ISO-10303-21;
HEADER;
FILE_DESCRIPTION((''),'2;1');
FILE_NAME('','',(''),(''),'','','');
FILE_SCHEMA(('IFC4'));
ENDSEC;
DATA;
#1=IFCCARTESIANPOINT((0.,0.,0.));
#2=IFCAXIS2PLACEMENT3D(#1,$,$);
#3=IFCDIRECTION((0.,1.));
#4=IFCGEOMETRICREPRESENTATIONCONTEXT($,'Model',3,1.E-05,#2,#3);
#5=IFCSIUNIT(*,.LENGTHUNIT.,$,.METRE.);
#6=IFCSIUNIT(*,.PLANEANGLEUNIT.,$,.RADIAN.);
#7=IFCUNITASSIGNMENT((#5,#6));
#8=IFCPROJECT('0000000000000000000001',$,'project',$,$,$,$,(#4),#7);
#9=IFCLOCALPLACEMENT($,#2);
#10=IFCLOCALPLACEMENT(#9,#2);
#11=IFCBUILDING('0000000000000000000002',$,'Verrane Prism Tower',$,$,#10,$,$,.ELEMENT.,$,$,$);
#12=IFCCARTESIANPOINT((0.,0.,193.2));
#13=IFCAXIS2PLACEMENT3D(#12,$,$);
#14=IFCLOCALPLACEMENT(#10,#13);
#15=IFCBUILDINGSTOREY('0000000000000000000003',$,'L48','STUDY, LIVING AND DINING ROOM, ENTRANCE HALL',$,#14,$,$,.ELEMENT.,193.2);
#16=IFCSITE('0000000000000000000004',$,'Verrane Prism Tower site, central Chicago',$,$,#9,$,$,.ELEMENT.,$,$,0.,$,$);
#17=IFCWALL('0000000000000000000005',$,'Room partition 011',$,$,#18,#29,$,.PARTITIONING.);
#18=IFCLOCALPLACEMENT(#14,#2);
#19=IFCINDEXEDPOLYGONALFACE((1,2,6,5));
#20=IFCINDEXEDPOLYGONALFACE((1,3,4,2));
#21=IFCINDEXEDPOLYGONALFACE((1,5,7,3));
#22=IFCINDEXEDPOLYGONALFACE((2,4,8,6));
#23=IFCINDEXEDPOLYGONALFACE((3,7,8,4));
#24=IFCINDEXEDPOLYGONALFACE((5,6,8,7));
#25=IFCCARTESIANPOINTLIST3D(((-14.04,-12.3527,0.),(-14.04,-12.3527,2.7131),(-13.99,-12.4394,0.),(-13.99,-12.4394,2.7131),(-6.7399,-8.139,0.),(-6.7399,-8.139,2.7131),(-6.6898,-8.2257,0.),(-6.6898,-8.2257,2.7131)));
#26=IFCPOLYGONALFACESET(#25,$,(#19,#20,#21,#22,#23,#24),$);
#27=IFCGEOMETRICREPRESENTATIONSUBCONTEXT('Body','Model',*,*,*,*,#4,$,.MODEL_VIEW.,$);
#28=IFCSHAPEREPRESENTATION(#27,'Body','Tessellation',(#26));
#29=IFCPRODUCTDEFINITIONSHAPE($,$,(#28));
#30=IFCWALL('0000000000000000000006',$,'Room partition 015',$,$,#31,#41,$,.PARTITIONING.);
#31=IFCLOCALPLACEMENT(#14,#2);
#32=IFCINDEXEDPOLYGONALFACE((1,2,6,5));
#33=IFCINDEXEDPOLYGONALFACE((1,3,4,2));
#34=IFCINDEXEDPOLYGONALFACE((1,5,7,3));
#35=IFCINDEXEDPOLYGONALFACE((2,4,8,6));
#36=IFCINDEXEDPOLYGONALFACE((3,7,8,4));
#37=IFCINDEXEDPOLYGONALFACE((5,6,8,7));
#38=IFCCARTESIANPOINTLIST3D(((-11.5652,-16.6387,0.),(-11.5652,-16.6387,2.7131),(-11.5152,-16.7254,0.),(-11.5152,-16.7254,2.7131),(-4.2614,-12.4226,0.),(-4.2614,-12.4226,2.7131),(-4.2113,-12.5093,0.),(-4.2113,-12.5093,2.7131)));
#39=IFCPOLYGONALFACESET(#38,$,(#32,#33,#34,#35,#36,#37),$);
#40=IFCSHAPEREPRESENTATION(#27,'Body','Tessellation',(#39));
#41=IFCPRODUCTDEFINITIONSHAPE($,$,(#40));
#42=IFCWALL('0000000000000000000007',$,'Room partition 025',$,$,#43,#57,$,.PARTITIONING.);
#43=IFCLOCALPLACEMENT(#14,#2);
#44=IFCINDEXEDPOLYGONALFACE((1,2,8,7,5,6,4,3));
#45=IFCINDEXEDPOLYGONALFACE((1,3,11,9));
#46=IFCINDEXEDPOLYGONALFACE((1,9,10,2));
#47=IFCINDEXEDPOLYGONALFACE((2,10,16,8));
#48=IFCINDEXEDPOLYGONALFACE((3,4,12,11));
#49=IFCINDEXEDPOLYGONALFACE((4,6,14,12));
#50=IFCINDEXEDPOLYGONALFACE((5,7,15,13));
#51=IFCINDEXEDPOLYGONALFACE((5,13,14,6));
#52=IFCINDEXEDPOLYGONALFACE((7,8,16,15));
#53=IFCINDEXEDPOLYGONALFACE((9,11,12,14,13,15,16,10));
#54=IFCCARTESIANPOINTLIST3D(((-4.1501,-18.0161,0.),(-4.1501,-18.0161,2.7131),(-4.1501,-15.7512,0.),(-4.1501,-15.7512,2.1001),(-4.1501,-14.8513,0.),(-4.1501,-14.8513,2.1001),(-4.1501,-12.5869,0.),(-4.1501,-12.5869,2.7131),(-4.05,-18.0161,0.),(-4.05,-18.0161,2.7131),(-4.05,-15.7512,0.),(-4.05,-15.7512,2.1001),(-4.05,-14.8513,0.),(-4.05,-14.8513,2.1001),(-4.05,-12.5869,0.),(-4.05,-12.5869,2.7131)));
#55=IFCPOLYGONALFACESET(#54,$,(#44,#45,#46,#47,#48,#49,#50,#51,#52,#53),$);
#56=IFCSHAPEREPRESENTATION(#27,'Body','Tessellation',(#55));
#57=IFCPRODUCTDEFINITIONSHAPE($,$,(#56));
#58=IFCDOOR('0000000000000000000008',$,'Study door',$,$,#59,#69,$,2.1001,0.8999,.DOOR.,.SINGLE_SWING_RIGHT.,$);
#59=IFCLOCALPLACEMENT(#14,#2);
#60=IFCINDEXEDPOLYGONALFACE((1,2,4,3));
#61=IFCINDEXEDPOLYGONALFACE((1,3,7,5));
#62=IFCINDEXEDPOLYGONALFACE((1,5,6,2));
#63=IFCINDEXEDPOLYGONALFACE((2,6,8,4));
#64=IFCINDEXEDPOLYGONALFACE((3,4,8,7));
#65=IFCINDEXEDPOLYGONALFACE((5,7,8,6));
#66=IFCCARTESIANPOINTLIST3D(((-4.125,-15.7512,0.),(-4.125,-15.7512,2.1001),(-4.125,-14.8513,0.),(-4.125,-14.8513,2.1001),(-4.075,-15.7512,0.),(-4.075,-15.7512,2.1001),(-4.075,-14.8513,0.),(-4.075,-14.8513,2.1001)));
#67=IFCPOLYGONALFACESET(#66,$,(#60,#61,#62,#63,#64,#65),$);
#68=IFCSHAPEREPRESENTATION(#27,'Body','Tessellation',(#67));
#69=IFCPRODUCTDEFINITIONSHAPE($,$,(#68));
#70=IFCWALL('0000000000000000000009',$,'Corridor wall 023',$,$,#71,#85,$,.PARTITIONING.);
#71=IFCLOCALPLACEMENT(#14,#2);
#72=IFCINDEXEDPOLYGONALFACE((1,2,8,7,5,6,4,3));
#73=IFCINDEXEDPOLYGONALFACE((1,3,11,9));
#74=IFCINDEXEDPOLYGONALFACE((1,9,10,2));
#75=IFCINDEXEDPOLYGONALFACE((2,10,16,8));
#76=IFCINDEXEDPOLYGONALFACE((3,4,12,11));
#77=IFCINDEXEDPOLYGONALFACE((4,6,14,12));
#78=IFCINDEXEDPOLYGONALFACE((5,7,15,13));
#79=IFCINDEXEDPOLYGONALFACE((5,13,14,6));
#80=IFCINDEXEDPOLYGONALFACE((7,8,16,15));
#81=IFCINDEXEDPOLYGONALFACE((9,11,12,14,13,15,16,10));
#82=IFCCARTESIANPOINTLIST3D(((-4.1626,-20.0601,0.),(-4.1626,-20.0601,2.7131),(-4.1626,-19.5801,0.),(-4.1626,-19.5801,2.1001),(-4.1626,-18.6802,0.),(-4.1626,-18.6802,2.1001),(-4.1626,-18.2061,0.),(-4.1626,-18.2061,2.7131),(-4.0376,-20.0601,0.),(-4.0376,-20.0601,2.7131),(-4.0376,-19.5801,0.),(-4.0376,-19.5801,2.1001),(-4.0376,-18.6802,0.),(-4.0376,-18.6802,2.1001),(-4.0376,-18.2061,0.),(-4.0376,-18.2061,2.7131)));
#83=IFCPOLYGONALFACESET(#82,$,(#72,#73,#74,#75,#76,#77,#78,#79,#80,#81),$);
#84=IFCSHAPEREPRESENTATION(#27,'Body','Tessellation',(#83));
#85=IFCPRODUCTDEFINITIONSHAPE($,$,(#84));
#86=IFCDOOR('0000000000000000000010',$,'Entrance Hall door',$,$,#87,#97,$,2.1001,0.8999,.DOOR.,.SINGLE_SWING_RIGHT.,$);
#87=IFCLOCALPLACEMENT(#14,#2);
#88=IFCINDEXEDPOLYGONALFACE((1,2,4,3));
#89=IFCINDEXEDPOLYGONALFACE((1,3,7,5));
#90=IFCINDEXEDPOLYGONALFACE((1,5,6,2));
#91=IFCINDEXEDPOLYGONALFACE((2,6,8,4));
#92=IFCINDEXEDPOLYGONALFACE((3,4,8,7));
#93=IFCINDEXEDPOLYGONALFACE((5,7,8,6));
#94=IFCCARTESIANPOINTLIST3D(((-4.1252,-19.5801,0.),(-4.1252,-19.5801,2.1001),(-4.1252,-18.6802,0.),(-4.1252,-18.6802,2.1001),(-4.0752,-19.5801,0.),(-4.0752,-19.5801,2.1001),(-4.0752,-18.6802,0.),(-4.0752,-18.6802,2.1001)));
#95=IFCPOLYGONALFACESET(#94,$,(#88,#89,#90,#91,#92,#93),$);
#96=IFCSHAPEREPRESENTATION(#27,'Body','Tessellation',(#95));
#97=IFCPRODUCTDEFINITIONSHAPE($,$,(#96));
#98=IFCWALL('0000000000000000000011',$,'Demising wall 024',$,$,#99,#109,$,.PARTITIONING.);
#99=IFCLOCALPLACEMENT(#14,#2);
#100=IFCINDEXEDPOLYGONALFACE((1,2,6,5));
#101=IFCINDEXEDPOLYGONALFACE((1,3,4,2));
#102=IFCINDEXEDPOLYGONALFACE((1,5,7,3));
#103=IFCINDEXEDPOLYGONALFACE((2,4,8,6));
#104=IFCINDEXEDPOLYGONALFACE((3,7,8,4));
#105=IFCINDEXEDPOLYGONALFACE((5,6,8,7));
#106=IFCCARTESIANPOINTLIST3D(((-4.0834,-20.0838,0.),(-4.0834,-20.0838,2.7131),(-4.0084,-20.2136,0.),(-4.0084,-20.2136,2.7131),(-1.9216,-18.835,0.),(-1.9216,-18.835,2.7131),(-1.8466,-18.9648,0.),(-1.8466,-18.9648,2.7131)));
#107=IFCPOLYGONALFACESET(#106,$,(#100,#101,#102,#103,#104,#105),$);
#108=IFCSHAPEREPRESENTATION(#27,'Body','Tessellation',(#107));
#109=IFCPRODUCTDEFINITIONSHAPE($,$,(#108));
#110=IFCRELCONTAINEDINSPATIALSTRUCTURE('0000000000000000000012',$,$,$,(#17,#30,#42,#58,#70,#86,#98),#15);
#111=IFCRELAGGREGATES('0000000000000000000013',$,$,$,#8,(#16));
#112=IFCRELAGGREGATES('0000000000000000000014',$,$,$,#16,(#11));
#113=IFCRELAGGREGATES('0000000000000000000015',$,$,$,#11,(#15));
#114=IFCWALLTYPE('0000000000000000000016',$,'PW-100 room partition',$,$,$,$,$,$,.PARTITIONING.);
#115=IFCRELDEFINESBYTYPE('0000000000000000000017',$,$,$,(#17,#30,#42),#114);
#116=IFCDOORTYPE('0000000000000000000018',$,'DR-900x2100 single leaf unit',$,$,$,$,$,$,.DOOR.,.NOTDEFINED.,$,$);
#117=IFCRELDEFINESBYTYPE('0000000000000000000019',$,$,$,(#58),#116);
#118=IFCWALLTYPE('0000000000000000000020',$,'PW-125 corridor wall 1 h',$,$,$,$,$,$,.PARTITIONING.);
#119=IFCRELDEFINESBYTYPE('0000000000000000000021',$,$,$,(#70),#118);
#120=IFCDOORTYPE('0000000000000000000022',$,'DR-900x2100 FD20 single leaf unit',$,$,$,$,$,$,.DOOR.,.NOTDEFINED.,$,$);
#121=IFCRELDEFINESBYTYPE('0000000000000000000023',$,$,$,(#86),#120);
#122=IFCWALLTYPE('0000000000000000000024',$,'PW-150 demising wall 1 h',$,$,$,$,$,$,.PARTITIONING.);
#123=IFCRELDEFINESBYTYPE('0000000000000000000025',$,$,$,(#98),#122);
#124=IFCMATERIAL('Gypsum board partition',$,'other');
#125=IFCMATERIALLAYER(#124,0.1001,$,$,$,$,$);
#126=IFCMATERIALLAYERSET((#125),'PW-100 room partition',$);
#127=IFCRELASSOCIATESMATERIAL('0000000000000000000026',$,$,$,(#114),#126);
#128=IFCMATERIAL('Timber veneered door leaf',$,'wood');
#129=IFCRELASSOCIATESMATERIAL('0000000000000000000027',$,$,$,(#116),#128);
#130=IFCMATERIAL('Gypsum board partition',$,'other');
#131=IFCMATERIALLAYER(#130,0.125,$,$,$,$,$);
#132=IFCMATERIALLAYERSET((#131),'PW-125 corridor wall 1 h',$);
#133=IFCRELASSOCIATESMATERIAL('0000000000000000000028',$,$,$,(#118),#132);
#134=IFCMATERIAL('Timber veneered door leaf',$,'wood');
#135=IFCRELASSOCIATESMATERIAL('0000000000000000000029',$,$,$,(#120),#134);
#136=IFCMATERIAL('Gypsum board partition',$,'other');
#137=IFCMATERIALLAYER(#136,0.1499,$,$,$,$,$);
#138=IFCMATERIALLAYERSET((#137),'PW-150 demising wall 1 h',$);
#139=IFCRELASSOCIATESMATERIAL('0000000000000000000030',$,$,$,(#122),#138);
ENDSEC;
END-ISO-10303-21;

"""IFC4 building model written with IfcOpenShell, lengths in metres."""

from ifc_helpers import new_model, si_unit, direction, frame, frame_2d, origin, place, context, subcontext, project, spatial, rectangle, extrude, material, layer, layer_set, type_object, element, fill, save


model = new_model("IFC4")

# Units and contexts
model_context = context("Model", 3, precision=1e-05, world=origin(), true_north=direction((0.0, 1.0)))
body_context = subcontext(model_context, "Body", "Model", "MODEL_VIEW")
ifc_project = project(units=[si_unit("LENGTHUNIT", "METRE"), si_unit("PLANEANGLEUNIT", "RADIAN")], contexts=[model_context])

# Site, building, storey
site_placement = place(None, origin())
site = spatial("IfcSite", under=ifc_project, at=site_placement, Name="Verrane Prism Tower site, central Chicago", CompositionType="ELEMENT", RefElevation=0.0)
building_placement = place(site_placement, origin())
building = spatial("IfcBuilding", under=site, at=building_placement, Name="Verrane Prism Tower", CompositionType="ELEMENT")
storey_placement = place(building_placement, frame((0.0, 0.0, 193.2)))
storey = spatial("IfcBuildingStorey", under=building, at=storey_placement, Name="L48", Description="STUDY, LIVING AND DINING ROOM, ENTRANCE HALL", CompositionType="ELEMENT", Elevation=193.2)

# Walls
ifc_material_1 = material(Name="Gypsum board partition", Category="other")
ifc_layer_1 = layer(ifc_material_1, 0.1001)
ifc_layer_set_1 = layer_set([ifc_layer_1], Name="PW-100 room partition")
wall_type_1 = type_object("IfcWallType", Name="PW-100 room partition", PredefinedType="PARTITIONING", material=ifc_layer_set_1)
wall_1_placement = place(storey_placement, frame((-14.0149, -12.396, 0.0), z_axis=(0.0, 0.0, 1.0), x_axis=(0.86608, 0.499905, 0.0)))
element("IfcWall", 1, at=wall_1_placement, inside=storey, type_object=wall_type_1, Name="Room partition 011", PredefinedType="PARTITIONING", context=body_context, shape_type="SweptSolid", body=[
    extrude(rectangle(XDim=8.429, YDim=0.1001, at=frame_2d((4.2144, 0.0))), origin(), (0.0, 0.0, 1.0), 2.7131),
])
wall_2_placement = place(storey_placement, frame((-11.5403, -16.6821, 0.0), z_axis=(0.0, 0.0, 1.0), x_axis=(0.866063, 0.499935, 0.0)))
element("IfcWall", 2, at=wall_2_placement, inside=storey, type_object=wall_type_1, Name="Room partition 015", PredefinedType="PARTITIONING", context=body_context, shape_type="SweptSolid", body=[
    extrude(rectangle(XDim=8.4333, YDim=0.1001, at=frame_2d((4.2168, 0.0))), origin(), (0.0, 0.0, 1.0), 2.7131),
])

# Walls, openings, doors
wall_3_placement = place(storey_placement, frame((-4.1001, -18.0161, 0.0), z_axis=(0.0, 0.0, 1.0), x_axis=(0.0, 1.0, 0.0)))
wall_3 = element("IfcWall", 3, at=wall_3_placement, inside=storey, type_object=wall_type_1, Name="Room partition 025", PredefinedType="PARTITIONING", context=body_context, shape_type="SweptSolid", body=[
    extrude(rectangle(XDim=5.4292, YDim=0.1001, at=frame_2d((2.7146, 0.0))), origin(), (0.0, 0.0, 1.0), 2.7131),
])
opening_1_placement = place(wall_3_placement, frame((2.2649, 0.0, 0.0)))
opening_1 = element("IfcOpeningElement", 4, at=opening_1_placement, cuts=wall_3, PredefinedType="OPENING", context=body_context, shape_type="SweptSolid", body=[
    extrude(rectangle(XDim=0.8999, YDim=2.1001, at=frame_2d((0.45, 1.05))), frame((0.0, 0.0601, 0.0), z_axis=(0.0, -1.0, 0.0), x_axis=(1.0, 0.0, 0.0)), (0.0, 0.0, 1.0), 0.1201),
])
ifc_material_2 = material(Name="Timber veneered door leaf", Category="wood")
door_type_1 = type_object("IfcDoorType", Name="DR-900x2100 single leaf unit", OperationType="NOTDEFINED", PredefinedType="DOOR", material=ifc_material_2)
door_1_placement = place(opening_1_placement, origin())
door_1 = element("IfcDoor", 5, at=door_1_placement, inside=storey, type_object=door_type_1, Name="Study door", OperationType="SINGLE_SWING_RIGHT", OverallHeight=2.1001, OverallWidth=0.8999, PredefinedType="DOOR", context=body_context, shape_type="SweptSolid", body=[
    extrude(rectangle(XDim=0.8999, YDim=2.1001, at=frame_2d((0.45, 1.05))), frame((0.0, 0.0249, 0.0), z_axis=(0.0, -1.0, 0.0), x_axis=(1.0, 0.0, 0.0)), (0.0, 0.0, 1.0), 0.05),
])
fill(opening_1, door_1)
ifc_material_3 = material(Name="Gypsum board partition", Category="other")
ifc_layer_2 = layer(ifc_material_3, 0.125)
ifc_layer_set_2 = layer_set([ifc_layer_2], Name="PW-125 corridor wall 1 h")
wall_type_2 = type_object("IfcWallType", Name="PW-125 corridor wall 1 h", PredefinedType="PARTITIONING", material=ifc_layer_set_2)
wall_4_placement = place(storey_placement, frame((-4.1001, -18.2061, 0.0), z_axis=(0.0, 0.0, 1.0), x_axis=(0.0, -1.0, 0.0)))
wall_4 = element("IfcWall", 6, at=wall_4_placement, inside=storey, type_object=wall_type_2, Name="Corridor wall 023", PredefinedType="PARTITIONING", context=body_context, shape_type="SweptSolid", body=[
    extrude(rectangle(XDim=1.854, YDim=0.125, at=frame_2d((0.927, 0.0))), origin(), (0.0, 0.0, 1.0), 2.7131),
])
opening_2_placement = place(wall_4_placement, frame((0.4741, 0.0, 0.0)))
opening_2 = element("IfcOpeningElement", 7, at=opening_2_placement, cuts=wall_4, PredefinedType="OPENING", context=body_context, shape_type="SweptSolid", body=[
    extrude(rectangle(XDim=0.8999, YDim=2.1001, at=frame_2d((0.45, 1.05))), frame((0.0, 0.0725, 0.0), z_axis=(0.0, -1.0, 0.0), x_axis=(1.0, 0.0, 0.0)), (0.0, 0.0, 1.0), 0.145),
])
ifc_material_4 = material(Name="Timber veneered door leaf", Category="wood")
door_type_2 = type_object("IfcDoorType", Name="DR-900x2100 FD20 single leaf unit", OperationType="NOTDEFINED", PredefinedType="DOOR", material=ifc_material_4)
door_2_placement = place(opening_2_placement, origin())
door_2 = element("IfcDoor", 8, at=door_2_placement, inside=storey, type_object=door_type_2, Name="Entrance Hall door", OperationType="SINGLE_SWING_RIGHT", OverallHeight=2.1001, OverallWidth=0.8999, PredefinedType="DOOR", context=body_context, shape_type="SweptSolid", body=[
    extrude(rectangle(XDim=0.8999, YDim=2.1001, at=frame_2d((0.45, 1.05))), frame((0.0, 0.0249, 0.0), z_axis=(0.0, -1.0, 0.0), x_axis=(1.0, 0.0, 0.0)), (0.0, 0.0, 1.0), 0.05),
])
fill(opening_2, door_2)

# Wall
ifc_material_5 = material(Name="Gypsum board partition", Category="other")
ifc_layer_3 = layer(ifc_material_5, 0.1499)
ifc_layer_set_3 = layer_set([ifc_layer_3], Name="PW-150 demising wall 1 h")
wall_type_3 = type_object("IfcWallType", Name="PW-150 demising wall 1 h", PredefinedType="PARTITIONING", material=ifc_layer_set_3)
wall_5_placement = place(storey_placement, frame((-4.0459, -20.1487, 0.0), z_axis=(0.0, 0.0, 1.0), x_axis=(0.865917, 0.500188, 0.0)))
element("IfcWall", 9, at=wall_5_placement, inside=storey, type_object=wall_type_3, Name="Demising wall 024", PredefinedType="PARTITIONING", context=body_context, shape_type="SweptSolid", body=[
    extrude(rectangle(XDim=2.4966, YDim=0.1499, at=frame_2d((1.2483, 0.0))), origin(), (0.0, 0.0, 1.0), 2.7131),
])

save(model, "model.ifc")
